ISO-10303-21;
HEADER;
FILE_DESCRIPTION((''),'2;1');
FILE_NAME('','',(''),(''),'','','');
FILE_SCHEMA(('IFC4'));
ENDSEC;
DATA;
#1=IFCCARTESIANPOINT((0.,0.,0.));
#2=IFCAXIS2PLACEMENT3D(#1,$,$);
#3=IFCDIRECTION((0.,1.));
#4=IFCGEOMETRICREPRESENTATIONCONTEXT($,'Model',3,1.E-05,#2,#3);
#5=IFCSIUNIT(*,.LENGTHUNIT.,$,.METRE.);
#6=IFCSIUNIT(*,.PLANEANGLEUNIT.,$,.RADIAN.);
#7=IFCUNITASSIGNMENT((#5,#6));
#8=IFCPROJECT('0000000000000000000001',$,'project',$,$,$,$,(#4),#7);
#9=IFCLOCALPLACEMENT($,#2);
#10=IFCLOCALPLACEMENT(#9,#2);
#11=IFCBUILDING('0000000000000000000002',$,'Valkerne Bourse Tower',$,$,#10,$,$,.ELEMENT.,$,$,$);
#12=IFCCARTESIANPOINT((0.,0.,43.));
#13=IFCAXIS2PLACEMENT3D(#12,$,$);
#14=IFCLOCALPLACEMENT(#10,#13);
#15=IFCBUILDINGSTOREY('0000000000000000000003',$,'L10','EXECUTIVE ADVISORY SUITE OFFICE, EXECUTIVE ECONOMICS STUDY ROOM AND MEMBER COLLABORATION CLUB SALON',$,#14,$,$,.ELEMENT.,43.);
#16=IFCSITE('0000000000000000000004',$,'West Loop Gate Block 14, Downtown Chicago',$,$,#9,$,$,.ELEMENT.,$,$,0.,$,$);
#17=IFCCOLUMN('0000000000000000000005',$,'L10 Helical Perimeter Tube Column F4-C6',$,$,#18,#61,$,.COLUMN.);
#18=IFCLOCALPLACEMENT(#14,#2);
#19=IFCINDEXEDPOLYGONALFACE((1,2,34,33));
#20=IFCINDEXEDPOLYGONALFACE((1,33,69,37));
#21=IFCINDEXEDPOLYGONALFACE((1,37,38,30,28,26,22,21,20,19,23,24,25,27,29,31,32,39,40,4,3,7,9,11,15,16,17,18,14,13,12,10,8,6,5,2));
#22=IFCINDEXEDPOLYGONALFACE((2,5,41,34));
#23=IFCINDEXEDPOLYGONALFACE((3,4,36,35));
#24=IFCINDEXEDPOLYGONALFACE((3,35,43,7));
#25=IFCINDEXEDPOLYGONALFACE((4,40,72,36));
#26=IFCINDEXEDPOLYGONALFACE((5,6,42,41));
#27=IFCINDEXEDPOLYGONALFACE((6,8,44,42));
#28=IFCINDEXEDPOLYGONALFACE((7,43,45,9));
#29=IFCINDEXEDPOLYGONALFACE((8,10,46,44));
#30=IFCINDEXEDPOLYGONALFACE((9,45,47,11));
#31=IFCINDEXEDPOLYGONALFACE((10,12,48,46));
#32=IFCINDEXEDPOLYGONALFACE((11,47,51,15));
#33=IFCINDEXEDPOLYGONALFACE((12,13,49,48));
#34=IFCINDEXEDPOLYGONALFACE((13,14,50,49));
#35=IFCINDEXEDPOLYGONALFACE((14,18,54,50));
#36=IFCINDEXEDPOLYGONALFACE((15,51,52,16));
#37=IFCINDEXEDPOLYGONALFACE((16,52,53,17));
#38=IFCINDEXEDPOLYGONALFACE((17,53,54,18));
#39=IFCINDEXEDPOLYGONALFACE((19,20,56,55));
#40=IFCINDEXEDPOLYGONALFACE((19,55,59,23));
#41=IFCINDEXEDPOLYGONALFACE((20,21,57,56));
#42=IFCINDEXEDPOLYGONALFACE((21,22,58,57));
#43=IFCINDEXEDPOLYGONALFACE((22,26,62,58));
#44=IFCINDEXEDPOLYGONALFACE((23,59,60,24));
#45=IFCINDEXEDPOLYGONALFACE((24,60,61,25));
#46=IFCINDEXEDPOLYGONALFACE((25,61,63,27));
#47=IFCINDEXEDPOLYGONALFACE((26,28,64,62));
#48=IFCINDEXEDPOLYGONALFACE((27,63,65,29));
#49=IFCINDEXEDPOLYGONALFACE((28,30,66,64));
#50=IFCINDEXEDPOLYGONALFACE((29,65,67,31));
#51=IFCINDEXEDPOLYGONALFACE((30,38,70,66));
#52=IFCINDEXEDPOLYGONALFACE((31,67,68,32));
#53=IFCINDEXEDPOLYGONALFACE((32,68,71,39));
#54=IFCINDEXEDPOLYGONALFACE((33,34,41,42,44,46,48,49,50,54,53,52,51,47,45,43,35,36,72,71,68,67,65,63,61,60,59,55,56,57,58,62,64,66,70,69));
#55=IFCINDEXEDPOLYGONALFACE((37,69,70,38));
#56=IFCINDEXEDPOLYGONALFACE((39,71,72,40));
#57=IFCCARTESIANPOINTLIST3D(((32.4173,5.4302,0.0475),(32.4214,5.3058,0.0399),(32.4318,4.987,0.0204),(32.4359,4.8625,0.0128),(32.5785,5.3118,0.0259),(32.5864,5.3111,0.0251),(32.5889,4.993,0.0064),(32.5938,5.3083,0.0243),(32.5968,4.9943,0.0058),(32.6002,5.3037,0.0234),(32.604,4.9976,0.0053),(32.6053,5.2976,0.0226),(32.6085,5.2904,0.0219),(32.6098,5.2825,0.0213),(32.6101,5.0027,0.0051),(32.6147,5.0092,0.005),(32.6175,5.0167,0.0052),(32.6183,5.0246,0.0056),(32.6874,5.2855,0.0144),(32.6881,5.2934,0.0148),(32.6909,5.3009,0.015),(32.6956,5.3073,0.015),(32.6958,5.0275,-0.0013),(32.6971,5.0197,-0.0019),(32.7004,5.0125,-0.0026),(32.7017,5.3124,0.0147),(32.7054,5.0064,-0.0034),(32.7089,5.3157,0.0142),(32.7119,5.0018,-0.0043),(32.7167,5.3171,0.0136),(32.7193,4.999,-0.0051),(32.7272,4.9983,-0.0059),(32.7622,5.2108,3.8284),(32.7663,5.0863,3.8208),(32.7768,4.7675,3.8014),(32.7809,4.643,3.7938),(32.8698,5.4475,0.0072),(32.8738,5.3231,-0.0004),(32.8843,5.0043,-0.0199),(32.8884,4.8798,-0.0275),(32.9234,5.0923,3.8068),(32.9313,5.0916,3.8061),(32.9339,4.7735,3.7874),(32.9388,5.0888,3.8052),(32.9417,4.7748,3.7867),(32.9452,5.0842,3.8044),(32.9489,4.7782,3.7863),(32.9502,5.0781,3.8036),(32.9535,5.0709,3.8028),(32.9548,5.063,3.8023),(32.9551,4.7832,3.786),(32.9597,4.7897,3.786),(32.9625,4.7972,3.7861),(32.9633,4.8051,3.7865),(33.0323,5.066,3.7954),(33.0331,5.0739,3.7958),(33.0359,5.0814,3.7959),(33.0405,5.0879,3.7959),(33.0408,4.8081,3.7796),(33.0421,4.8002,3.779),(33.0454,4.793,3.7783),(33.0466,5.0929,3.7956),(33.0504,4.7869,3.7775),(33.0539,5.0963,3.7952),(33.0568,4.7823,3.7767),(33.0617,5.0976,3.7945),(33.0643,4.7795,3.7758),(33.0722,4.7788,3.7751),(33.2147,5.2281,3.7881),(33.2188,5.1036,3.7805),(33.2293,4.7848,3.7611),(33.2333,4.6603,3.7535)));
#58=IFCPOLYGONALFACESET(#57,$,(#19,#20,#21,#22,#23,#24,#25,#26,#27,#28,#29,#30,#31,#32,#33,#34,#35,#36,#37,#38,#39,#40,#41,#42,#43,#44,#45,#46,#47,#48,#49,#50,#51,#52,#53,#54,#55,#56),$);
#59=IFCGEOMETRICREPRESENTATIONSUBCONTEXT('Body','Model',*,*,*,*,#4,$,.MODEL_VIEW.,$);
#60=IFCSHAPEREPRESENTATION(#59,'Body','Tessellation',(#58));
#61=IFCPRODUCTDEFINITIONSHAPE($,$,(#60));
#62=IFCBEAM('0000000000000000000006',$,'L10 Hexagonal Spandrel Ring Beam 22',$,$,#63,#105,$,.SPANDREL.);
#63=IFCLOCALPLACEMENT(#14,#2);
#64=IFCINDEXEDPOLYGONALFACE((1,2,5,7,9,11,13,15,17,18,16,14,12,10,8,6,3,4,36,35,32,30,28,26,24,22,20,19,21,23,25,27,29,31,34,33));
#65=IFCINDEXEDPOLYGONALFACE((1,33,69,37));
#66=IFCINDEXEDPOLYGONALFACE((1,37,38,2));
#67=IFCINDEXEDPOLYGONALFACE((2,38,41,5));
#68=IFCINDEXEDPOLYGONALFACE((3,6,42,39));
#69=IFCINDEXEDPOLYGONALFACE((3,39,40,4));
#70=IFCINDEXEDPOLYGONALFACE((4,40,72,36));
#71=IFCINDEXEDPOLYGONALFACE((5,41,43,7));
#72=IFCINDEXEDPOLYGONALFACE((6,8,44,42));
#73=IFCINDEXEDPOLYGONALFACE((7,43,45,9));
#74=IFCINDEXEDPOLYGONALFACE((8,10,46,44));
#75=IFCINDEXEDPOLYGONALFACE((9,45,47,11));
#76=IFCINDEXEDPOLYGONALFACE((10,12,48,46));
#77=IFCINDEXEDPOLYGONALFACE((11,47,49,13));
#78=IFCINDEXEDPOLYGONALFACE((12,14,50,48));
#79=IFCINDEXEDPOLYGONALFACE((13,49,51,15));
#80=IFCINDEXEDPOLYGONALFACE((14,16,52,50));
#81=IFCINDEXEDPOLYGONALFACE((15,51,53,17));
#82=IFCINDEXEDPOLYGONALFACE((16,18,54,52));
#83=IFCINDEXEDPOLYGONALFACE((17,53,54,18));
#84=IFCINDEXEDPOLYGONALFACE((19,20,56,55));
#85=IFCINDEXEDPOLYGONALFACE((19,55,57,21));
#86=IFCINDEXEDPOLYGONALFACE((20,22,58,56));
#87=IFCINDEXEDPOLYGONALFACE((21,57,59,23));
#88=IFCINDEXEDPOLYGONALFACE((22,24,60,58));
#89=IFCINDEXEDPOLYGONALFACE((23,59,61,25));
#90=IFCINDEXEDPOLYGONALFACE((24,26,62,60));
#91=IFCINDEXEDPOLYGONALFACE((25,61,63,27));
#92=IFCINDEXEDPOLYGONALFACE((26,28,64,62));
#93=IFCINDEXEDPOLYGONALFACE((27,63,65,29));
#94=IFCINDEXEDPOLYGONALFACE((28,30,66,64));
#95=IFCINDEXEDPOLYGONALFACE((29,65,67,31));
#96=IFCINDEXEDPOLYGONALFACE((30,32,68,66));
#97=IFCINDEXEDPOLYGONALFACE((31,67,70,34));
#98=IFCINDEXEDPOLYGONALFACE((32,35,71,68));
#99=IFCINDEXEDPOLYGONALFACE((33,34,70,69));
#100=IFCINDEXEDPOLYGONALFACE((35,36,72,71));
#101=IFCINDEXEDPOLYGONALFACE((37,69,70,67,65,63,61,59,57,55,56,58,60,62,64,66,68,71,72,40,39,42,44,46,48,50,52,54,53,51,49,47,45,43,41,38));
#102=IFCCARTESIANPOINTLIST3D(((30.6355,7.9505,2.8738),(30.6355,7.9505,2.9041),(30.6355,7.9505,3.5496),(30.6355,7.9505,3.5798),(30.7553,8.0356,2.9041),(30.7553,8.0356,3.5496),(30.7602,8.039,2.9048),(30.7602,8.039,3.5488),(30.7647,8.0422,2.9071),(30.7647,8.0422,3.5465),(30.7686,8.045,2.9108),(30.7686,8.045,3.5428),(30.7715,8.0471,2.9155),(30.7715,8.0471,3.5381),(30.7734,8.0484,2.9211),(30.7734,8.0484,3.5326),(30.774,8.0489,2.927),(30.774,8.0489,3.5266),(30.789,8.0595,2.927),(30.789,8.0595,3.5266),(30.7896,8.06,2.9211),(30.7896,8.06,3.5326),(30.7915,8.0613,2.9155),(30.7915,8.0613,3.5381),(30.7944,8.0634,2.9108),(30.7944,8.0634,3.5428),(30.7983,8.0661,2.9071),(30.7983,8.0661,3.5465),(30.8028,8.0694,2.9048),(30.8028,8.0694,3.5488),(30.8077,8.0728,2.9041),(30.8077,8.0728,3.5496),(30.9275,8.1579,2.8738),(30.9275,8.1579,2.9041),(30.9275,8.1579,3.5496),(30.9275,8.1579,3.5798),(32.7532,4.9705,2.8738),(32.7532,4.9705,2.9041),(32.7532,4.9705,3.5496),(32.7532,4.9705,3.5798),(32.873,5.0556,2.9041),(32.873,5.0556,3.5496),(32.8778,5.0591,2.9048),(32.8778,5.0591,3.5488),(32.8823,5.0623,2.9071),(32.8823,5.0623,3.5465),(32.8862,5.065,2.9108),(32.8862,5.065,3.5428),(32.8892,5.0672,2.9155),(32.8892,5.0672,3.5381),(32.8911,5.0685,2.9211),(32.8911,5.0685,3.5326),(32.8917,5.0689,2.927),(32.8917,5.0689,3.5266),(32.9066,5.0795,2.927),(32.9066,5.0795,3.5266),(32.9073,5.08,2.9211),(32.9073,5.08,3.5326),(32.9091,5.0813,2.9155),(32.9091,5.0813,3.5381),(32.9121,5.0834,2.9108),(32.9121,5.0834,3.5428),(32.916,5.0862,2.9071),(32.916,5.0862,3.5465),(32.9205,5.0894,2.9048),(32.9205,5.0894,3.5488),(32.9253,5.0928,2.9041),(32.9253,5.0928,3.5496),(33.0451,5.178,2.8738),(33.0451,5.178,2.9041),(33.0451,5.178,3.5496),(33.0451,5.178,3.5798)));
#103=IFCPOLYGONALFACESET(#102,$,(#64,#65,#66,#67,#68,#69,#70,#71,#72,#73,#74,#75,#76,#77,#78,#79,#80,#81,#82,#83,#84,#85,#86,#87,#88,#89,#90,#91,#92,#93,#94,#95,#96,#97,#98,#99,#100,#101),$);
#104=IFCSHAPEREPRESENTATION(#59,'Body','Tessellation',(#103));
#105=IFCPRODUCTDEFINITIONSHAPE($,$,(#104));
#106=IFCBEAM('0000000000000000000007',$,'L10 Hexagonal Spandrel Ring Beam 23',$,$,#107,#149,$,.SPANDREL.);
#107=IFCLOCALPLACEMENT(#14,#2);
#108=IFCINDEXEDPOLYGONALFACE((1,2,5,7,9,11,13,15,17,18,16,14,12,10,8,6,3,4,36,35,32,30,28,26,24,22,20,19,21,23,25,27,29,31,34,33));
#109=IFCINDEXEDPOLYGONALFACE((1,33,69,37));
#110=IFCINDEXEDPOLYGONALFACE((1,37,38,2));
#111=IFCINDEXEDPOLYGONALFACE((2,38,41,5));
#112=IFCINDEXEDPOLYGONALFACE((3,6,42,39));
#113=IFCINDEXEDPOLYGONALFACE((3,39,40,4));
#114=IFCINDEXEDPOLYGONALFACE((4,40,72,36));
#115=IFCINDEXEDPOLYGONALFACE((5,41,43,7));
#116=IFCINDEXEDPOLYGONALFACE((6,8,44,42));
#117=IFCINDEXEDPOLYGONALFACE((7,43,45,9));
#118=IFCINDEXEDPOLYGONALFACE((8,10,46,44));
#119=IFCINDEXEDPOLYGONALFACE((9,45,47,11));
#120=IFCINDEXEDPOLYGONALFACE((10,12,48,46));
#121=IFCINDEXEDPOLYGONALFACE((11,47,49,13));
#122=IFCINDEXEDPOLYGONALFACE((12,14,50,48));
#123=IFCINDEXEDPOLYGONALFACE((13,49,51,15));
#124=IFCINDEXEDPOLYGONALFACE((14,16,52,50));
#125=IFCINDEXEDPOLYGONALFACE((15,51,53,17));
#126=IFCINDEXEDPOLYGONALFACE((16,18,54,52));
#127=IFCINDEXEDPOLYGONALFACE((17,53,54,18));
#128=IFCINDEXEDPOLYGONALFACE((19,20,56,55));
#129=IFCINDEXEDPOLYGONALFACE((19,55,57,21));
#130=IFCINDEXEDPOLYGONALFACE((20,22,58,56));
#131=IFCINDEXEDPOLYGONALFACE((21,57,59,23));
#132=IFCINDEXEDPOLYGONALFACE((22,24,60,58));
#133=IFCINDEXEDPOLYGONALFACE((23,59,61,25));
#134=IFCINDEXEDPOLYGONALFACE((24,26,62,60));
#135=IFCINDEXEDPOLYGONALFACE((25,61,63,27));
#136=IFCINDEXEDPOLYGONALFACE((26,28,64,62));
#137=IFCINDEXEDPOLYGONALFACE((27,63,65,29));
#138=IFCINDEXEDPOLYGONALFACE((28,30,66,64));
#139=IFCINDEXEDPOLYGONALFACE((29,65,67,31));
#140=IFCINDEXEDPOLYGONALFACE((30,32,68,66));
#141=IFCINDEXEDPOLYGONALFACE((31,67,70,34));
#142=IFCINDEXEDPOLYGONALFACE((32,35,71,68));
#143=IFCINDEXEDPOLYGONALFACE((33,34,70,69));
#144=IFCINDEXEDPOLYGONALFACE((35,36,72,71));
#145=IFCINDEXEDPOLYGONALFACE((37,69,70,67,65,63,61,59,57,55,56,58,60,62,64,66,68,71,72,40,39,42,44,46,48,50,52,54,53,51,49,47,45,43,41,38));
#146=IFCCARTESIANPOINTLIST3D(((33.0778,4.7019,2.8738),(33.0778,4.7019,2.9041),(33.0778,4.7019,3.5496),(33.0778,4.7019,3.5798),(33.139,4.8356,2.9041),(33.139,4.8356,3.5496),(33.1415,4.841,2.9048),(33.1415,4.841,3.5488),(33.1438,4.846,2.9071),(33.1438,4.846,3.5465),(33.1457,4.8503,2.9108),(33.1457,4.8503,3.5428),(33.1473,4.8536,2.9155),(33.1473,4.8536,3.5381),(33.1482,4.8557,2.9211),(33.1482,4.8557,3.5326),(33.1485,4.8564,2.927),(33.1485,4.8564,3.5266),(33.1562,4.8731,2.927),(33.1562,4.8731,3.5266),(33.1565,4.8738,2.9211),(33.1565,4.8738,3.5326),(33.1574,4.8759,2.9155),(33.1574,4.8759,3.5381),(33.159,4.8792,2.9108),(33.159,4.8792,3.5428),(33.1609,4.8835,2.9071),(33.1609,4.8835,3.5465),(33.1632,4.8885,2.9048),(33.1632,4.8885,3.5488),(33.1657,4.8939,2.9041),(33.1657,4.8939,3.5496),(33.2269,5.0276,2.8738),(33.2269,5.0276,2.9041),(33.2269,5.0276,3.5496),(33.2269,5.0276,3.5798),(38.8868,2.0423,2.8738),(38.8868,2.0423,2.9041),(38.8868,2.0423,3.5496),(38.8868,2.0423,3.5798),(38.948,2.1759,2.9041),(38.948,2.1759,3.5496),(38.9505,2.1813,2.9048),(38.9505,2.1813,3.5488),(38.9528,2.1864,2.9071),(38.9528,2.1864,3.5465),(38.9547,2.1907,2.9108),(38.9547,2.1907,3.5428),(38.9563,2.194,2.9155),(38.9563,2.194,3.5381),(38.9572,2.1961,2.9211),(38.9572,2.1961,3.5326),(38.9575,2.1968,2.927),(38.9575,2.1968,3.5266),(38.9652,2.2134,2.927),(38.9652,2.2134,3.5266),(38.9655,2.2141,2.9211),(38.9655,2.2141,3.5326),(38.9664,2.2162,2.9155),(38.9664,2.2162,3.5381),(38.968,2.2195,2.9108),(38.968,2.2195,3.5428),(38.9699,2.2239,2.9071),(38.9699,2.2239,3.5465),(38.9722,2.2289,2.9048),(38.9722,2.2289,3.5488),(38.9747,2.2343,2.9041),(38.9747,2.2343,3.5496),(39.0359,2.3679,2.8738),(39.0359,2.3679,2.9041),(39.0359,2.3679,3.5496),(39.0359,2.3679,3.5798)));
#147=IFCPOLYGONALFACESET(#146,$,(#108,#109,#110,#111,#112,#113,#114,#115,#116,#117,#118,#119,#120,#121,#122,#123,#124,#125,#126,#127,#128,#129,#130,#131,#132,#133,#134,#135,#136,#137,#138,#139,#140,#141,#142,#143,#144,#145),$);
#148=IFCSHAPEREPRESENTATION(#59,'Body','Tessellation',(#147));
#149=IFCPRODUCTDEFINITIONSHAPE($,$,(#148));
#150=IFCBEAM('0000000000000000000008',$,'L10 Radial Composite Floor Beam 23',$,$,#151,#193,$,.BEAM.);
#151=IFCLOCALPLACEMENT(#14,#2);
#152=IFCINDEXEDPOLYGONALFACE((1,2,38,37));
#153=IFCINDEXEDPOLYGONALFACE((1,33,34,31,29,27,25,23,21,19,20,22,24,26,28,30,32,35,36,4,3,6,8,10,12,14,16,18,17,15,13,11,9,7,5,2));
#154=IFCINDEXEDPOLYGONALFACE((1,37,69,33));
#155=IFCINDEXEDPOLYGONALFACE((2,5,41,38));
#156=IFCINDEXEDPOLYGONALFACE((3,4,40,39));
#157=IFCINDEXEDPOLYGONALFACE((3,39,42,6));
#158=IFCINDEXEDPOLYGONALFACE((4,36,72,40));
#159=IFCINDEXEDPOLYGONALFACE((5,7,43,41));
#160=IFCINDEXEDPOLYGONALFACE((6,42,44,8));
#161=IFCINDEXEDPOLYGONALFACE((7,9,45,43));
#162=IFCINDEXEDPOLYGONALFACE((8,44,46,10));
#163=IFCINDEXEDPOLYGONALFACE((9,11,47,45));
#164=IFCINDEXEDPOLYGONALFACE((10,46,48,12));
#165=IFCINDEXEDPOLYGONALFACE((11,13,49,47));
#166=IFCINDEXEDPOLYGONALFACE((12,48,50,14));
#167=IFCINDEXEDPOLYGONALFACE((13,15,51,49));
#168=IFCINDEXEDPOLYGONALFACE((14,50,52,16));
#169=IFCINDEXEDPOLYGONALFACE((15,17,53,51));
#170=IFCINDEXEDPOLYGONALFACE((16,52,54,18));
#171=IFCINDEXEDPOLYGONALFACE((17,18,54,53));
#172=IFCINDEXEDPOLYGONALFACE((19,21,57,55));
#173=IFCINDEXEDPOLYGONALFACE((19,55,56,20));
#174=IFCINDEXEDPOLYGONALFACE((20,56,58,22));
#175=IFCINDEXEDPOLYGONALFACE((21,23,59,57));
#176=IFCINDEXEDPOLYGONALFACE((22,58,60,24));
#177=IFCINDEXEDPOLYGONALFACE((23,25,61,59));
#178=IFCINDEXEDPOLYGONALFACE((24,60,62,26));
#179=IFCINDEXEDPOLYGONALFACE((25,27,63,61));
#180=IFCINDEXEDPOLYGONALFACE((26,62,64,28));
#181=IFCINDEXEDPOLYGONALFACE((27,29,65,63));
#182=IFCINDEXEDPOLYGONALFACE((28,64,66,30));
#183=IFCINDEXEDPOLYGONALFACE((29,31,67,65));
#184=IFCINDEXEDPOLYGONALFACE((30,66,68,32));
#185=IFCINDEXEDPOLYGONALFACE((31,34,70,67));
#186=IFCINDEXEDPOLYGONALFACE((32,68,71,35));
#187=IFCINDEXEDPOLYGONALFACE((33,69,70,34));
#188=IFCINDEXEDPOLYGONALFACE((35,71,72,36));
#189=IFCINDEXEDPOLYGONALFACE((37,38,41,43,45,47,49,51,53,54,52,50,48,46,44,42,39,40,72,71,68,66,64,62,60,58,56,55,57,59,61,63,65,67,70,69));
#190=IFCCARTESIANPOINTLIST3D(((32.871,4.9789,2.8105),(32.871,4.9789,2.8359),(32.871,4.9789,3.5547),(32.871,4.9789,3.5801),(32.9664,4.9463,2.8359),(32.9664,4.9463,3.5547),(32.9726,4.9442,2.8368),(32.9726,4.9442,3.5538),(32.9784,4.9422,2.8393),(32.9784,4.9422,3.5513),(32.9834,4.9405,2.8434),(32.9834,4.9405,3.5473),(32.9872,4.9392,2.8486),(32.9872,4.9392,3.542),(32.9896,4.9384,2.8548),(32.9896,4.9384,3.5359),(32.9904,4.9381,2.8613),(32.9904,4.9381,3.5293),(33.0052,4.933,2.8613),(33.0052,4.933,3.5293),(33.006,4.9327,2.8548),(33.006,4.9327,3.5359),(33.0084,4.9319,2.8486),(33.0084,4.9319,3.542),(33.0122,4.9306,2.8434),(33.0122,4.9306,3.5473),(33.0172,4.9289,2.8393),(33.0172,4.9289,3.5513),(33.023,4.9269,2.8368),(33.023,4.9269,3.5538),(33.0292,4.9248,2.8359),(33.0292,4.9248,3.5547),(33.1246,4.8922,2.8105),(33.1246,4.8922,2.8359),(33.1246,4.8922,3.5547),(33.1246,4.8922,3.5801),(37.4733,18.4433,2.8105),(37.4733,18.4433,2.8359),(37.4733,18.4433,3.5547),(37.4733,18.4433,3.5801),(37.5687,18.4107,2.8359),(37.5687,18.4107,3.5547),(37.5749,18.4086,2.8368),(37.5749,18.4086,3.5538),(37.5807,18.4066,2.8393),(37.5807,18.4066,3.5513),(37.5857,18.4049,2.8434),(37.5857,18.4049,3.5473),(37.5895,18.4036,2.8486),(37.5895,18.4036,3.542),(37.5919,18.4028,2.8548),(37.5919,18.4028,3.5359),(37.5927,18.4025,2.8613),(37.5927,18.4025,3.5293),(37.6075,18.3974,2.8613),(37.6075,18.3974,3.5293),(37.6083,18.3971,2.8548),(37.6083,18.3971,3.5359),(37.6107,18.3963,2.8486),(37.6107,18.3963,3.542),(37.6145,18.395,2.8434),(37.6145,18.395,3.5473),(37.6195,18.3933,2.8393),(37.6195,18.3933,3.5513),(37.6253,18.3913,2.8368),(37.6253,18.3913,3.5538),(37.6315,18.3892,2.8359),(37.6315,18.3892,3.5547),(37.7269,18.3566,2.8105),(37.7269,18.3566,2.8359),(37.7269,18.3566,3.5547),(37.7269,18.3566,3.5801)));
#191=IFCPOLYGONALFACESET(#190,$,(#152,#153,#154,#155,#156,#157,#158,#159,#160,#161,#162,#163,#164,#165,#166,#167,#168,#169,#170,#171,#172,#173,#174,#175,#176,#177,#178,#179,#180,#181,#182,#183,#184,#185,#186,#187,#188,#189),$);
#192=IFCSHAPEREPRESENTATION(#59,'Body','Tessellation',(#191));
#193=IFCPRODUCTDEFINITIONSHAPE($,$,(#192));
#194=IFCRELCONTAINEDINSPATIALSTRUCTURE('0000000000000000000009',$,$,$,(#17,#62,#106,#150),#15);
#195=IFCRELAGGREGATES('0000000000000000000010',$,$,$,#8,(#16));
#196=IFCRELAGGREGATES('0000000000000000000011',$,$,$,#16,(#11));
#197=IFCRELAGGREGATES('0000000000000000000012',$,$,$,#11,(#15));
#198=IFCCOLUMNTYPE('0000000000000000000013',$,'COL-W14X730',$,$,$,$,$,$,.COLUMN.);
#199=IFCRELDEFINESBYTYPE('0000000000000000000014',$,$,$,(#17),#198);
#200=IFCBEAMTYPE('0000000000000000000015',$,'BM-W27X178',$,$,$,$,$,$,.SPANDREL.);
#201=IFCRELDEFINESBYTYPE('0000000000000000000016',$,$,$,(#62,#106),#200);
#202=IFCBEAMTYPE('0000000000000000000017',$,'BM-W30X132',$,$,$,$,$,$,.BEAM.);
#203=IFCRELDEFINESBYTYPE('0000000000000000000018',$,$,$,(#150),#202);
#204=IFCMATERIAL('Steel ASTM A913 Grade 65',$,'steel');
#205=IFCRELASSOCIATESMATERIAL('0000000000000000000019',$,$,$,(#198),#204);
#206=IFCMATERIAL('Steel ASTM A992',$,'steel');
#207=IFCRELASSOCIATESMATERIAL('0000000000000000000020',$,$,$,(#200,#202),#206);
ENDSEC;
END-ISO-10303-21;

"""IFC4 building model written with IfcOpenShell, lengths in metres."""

from ifc_helpers import new_model, si_unit, direction, frame, origin, origin_2d, place, context, subcontext, project, spatial, i_section, extrude, material, material_profile, profile_set, type_object, element, save


model = new_model("IFC4")

# Units and contexts
model_context = context("Model", 3, precision=1e-05, world=origin(), true_north=direction((0.0, 1.0)))
body_context = subcontext(model_context, "Body", "Model", "MODEL_VIEW")
ifc_project = project(units=[si_unit("LENGTHUNIT", "METRE"), si_unit("PLANEANGLEUNIT", "RADIAN")], contexts=[model_context])

# Site, building, storey
site_placement = place(None, origin())
site = spatial("IfcSite", under=ifc_project, at=site_placement, Name="West Loop Gate Block 14, Downtown Chicago", CompositionType="ELEMENT", RefElevation=0.0)
building_placement = place(site_placement, origin())
building = spatial("IfcBuilding", under=site, at=building_placement, Name="Valkerne Bourse Tower", CompositionType="ELEMENT")
storey_placement = place(building_placement, frame((0.0, 0.0, 43.0)))
storey = spatial("IfcBuildingStorey", under=building, at=storey_placement, Name="L10", Description="EXECUTIVE ADVISORY SUITE OFFICE, EXECUTIVE ECONOMICS STUDY ROOM AND MEMBER COLLABORATION CLUB SALON", CompositionType="ELEMENT", Elevation=43.0)

# Column
ifc_material_1 = material(Name="Steel ASTM A913 Grade 65", Category="steel")
ifc_material_profile_1 = material_profile(ifc_material_1, i_section(OverallWidth=0.4546, OverallDepth=0.5691, WebThickness=0.0779, FlangeThickness=0.1248, FilletRadius=0.0305, at=origin_2d()), Name="W14X730")
ifc_profile_set_1 = profile_set([ifc_material_profile_1], Name="Steel ASTM A913 Grade 65")
column_type = type_object("IfcColumnType", Name="COL-W14X730", PredefinedType="COLUMN", material=ifc_profile_set_1)
column_placement = place(storey_placement, frame((32.6528, 5.155, 0.01), z_axis=(0.090709, -0.057712, 0.994204), x_axis=(0.99534, 0.038058, -0.088603)))
element("IfcColumn", 1, at=column_placement, inside=storey, type_object=column_type, Name="L10 Helical Perimeter Tube Column F4-C6", PredefinedType="COLUMN", context=body_context, shape_type="SweptSolid", body=[
    extrude(i_section(OverallWidth=0.4546, OverallDepth=0.5691, WebThickness=0.0779, FlangeThickness=0.1248, FilletRadius=0.0305, at=origin_2d()), origin(), (0.0, 0.0, 1.0), 3.803),
])

# Beams
ifc_material_2 = material(Name="Steel ASTM A992", Category="steel")
ifc_material_profile_2 = material_profile(ifc_material_2, i_section(OverallWidth=0.3582, OverallDepth=0.7061, WebThickness=0.0183, FlangeThickness=0.0303, FilletRadius=0.0229, at=origin_2d()), Name="W27X178")
ifc_profile_set_2 = profile_set([ifc_material_profile_2], Name="Steel ASTM A992")
beam_type_1 = type_object("IfcBeamType", Name="BM-W27X178", PredefinedType="SPANDREL", material=ifc_profile_set_2)
beam_1_placement = place(storey_placement, frame((30.7815, 8.0542, 3.2268), z_axis=(0.579266, -0.815139, 0.0), x_axis=(0.815139, 0.579266, 0.0)))
element("IfcBeam", 2, at=beam_1_placement, inside=storey, type_object=beam_type_1, Name="L10 Hexagonal Spandrel Ring Beam 22", PredefinedType="SPANDREL", context=body_context, shape_type="SweptSolid", body=[
    extrude(i_section(OverallWidth=0.3582, OverallDepth=0.7061, WebThickness=0.0183, FlangeThickness=0.0303, FilletRadius=0.0229, at=origin_2d()), origin(), (0.0, 0.0, 1.0), 3.6558),
])
beam_2_placement = place(storey_placement, frame((33.1523, 4.8647, 3.2268), z_axis=(0.909232, -0.416289, 0.0), x_axis=(0.416289, 0.909232, 0.0)))
element("IfcBeam", 3, at=beam_2_placement, inside=storey, type_object=beam_type_1, Name="L10 Hexagonal Spandrel Ring Beam 23", PredefinedType="SPANDREL", context=body_context, shape_type="SweptSolid", body=[
    extrude(i_section(OverallWidth=0.3582, OverallDepth=0.7061, WebThickness=0.0183, FlangeThickness=0.0303, FilletRadius=0.0229, at=origin_2d()), origin(), (0.0, 0.0, 1.0), 6.3889),
])
ifc_material_profile_3 = material_profile(ifc_material_2, i_section(OverallWidth=0.2681, OverallDepth=0.7695, WebThickness=0.0156, FlangeThickness=0.0254, FilletRadius=0.0254, at=origin_2d()), Name="W30X132")
ifc_profile_set_3 = profile_set([ifc_material_profile_3], Name="Steel ASTM A992")
beam_type_2 = type_object("IfcBeamType", Name="BM-W30X132", PredefinedType="BEAM", material=ifc_profile_set_3)
beam_3_placement = place(storey_placement, frame((32.9978, 4.9355, 3.1953), z_axis=(0.32344, 0.946249, 0.0), x_axis=(-0.946249, 0.32344, 0.0)))
element("IfcBeam", 4, at=beam_3_placement, inside=storey, type_object=beam_type_2, Name="L10 Radial Composite Floor Beam 23", PredefinedType="BEAM", context=body_context, shape_type="SweptSolid", body=[
    extrude(i_section(OverallWidth=0.2681, OverallDepth=0.7695, WebThickness=0.0156, FlangeThickness=0.0254, FilletRadius=0.0254, at=origin_2d()), origin(), (0.0, 0.0, 1.0), 14.2292),
])

save(model, "model.ifc")
